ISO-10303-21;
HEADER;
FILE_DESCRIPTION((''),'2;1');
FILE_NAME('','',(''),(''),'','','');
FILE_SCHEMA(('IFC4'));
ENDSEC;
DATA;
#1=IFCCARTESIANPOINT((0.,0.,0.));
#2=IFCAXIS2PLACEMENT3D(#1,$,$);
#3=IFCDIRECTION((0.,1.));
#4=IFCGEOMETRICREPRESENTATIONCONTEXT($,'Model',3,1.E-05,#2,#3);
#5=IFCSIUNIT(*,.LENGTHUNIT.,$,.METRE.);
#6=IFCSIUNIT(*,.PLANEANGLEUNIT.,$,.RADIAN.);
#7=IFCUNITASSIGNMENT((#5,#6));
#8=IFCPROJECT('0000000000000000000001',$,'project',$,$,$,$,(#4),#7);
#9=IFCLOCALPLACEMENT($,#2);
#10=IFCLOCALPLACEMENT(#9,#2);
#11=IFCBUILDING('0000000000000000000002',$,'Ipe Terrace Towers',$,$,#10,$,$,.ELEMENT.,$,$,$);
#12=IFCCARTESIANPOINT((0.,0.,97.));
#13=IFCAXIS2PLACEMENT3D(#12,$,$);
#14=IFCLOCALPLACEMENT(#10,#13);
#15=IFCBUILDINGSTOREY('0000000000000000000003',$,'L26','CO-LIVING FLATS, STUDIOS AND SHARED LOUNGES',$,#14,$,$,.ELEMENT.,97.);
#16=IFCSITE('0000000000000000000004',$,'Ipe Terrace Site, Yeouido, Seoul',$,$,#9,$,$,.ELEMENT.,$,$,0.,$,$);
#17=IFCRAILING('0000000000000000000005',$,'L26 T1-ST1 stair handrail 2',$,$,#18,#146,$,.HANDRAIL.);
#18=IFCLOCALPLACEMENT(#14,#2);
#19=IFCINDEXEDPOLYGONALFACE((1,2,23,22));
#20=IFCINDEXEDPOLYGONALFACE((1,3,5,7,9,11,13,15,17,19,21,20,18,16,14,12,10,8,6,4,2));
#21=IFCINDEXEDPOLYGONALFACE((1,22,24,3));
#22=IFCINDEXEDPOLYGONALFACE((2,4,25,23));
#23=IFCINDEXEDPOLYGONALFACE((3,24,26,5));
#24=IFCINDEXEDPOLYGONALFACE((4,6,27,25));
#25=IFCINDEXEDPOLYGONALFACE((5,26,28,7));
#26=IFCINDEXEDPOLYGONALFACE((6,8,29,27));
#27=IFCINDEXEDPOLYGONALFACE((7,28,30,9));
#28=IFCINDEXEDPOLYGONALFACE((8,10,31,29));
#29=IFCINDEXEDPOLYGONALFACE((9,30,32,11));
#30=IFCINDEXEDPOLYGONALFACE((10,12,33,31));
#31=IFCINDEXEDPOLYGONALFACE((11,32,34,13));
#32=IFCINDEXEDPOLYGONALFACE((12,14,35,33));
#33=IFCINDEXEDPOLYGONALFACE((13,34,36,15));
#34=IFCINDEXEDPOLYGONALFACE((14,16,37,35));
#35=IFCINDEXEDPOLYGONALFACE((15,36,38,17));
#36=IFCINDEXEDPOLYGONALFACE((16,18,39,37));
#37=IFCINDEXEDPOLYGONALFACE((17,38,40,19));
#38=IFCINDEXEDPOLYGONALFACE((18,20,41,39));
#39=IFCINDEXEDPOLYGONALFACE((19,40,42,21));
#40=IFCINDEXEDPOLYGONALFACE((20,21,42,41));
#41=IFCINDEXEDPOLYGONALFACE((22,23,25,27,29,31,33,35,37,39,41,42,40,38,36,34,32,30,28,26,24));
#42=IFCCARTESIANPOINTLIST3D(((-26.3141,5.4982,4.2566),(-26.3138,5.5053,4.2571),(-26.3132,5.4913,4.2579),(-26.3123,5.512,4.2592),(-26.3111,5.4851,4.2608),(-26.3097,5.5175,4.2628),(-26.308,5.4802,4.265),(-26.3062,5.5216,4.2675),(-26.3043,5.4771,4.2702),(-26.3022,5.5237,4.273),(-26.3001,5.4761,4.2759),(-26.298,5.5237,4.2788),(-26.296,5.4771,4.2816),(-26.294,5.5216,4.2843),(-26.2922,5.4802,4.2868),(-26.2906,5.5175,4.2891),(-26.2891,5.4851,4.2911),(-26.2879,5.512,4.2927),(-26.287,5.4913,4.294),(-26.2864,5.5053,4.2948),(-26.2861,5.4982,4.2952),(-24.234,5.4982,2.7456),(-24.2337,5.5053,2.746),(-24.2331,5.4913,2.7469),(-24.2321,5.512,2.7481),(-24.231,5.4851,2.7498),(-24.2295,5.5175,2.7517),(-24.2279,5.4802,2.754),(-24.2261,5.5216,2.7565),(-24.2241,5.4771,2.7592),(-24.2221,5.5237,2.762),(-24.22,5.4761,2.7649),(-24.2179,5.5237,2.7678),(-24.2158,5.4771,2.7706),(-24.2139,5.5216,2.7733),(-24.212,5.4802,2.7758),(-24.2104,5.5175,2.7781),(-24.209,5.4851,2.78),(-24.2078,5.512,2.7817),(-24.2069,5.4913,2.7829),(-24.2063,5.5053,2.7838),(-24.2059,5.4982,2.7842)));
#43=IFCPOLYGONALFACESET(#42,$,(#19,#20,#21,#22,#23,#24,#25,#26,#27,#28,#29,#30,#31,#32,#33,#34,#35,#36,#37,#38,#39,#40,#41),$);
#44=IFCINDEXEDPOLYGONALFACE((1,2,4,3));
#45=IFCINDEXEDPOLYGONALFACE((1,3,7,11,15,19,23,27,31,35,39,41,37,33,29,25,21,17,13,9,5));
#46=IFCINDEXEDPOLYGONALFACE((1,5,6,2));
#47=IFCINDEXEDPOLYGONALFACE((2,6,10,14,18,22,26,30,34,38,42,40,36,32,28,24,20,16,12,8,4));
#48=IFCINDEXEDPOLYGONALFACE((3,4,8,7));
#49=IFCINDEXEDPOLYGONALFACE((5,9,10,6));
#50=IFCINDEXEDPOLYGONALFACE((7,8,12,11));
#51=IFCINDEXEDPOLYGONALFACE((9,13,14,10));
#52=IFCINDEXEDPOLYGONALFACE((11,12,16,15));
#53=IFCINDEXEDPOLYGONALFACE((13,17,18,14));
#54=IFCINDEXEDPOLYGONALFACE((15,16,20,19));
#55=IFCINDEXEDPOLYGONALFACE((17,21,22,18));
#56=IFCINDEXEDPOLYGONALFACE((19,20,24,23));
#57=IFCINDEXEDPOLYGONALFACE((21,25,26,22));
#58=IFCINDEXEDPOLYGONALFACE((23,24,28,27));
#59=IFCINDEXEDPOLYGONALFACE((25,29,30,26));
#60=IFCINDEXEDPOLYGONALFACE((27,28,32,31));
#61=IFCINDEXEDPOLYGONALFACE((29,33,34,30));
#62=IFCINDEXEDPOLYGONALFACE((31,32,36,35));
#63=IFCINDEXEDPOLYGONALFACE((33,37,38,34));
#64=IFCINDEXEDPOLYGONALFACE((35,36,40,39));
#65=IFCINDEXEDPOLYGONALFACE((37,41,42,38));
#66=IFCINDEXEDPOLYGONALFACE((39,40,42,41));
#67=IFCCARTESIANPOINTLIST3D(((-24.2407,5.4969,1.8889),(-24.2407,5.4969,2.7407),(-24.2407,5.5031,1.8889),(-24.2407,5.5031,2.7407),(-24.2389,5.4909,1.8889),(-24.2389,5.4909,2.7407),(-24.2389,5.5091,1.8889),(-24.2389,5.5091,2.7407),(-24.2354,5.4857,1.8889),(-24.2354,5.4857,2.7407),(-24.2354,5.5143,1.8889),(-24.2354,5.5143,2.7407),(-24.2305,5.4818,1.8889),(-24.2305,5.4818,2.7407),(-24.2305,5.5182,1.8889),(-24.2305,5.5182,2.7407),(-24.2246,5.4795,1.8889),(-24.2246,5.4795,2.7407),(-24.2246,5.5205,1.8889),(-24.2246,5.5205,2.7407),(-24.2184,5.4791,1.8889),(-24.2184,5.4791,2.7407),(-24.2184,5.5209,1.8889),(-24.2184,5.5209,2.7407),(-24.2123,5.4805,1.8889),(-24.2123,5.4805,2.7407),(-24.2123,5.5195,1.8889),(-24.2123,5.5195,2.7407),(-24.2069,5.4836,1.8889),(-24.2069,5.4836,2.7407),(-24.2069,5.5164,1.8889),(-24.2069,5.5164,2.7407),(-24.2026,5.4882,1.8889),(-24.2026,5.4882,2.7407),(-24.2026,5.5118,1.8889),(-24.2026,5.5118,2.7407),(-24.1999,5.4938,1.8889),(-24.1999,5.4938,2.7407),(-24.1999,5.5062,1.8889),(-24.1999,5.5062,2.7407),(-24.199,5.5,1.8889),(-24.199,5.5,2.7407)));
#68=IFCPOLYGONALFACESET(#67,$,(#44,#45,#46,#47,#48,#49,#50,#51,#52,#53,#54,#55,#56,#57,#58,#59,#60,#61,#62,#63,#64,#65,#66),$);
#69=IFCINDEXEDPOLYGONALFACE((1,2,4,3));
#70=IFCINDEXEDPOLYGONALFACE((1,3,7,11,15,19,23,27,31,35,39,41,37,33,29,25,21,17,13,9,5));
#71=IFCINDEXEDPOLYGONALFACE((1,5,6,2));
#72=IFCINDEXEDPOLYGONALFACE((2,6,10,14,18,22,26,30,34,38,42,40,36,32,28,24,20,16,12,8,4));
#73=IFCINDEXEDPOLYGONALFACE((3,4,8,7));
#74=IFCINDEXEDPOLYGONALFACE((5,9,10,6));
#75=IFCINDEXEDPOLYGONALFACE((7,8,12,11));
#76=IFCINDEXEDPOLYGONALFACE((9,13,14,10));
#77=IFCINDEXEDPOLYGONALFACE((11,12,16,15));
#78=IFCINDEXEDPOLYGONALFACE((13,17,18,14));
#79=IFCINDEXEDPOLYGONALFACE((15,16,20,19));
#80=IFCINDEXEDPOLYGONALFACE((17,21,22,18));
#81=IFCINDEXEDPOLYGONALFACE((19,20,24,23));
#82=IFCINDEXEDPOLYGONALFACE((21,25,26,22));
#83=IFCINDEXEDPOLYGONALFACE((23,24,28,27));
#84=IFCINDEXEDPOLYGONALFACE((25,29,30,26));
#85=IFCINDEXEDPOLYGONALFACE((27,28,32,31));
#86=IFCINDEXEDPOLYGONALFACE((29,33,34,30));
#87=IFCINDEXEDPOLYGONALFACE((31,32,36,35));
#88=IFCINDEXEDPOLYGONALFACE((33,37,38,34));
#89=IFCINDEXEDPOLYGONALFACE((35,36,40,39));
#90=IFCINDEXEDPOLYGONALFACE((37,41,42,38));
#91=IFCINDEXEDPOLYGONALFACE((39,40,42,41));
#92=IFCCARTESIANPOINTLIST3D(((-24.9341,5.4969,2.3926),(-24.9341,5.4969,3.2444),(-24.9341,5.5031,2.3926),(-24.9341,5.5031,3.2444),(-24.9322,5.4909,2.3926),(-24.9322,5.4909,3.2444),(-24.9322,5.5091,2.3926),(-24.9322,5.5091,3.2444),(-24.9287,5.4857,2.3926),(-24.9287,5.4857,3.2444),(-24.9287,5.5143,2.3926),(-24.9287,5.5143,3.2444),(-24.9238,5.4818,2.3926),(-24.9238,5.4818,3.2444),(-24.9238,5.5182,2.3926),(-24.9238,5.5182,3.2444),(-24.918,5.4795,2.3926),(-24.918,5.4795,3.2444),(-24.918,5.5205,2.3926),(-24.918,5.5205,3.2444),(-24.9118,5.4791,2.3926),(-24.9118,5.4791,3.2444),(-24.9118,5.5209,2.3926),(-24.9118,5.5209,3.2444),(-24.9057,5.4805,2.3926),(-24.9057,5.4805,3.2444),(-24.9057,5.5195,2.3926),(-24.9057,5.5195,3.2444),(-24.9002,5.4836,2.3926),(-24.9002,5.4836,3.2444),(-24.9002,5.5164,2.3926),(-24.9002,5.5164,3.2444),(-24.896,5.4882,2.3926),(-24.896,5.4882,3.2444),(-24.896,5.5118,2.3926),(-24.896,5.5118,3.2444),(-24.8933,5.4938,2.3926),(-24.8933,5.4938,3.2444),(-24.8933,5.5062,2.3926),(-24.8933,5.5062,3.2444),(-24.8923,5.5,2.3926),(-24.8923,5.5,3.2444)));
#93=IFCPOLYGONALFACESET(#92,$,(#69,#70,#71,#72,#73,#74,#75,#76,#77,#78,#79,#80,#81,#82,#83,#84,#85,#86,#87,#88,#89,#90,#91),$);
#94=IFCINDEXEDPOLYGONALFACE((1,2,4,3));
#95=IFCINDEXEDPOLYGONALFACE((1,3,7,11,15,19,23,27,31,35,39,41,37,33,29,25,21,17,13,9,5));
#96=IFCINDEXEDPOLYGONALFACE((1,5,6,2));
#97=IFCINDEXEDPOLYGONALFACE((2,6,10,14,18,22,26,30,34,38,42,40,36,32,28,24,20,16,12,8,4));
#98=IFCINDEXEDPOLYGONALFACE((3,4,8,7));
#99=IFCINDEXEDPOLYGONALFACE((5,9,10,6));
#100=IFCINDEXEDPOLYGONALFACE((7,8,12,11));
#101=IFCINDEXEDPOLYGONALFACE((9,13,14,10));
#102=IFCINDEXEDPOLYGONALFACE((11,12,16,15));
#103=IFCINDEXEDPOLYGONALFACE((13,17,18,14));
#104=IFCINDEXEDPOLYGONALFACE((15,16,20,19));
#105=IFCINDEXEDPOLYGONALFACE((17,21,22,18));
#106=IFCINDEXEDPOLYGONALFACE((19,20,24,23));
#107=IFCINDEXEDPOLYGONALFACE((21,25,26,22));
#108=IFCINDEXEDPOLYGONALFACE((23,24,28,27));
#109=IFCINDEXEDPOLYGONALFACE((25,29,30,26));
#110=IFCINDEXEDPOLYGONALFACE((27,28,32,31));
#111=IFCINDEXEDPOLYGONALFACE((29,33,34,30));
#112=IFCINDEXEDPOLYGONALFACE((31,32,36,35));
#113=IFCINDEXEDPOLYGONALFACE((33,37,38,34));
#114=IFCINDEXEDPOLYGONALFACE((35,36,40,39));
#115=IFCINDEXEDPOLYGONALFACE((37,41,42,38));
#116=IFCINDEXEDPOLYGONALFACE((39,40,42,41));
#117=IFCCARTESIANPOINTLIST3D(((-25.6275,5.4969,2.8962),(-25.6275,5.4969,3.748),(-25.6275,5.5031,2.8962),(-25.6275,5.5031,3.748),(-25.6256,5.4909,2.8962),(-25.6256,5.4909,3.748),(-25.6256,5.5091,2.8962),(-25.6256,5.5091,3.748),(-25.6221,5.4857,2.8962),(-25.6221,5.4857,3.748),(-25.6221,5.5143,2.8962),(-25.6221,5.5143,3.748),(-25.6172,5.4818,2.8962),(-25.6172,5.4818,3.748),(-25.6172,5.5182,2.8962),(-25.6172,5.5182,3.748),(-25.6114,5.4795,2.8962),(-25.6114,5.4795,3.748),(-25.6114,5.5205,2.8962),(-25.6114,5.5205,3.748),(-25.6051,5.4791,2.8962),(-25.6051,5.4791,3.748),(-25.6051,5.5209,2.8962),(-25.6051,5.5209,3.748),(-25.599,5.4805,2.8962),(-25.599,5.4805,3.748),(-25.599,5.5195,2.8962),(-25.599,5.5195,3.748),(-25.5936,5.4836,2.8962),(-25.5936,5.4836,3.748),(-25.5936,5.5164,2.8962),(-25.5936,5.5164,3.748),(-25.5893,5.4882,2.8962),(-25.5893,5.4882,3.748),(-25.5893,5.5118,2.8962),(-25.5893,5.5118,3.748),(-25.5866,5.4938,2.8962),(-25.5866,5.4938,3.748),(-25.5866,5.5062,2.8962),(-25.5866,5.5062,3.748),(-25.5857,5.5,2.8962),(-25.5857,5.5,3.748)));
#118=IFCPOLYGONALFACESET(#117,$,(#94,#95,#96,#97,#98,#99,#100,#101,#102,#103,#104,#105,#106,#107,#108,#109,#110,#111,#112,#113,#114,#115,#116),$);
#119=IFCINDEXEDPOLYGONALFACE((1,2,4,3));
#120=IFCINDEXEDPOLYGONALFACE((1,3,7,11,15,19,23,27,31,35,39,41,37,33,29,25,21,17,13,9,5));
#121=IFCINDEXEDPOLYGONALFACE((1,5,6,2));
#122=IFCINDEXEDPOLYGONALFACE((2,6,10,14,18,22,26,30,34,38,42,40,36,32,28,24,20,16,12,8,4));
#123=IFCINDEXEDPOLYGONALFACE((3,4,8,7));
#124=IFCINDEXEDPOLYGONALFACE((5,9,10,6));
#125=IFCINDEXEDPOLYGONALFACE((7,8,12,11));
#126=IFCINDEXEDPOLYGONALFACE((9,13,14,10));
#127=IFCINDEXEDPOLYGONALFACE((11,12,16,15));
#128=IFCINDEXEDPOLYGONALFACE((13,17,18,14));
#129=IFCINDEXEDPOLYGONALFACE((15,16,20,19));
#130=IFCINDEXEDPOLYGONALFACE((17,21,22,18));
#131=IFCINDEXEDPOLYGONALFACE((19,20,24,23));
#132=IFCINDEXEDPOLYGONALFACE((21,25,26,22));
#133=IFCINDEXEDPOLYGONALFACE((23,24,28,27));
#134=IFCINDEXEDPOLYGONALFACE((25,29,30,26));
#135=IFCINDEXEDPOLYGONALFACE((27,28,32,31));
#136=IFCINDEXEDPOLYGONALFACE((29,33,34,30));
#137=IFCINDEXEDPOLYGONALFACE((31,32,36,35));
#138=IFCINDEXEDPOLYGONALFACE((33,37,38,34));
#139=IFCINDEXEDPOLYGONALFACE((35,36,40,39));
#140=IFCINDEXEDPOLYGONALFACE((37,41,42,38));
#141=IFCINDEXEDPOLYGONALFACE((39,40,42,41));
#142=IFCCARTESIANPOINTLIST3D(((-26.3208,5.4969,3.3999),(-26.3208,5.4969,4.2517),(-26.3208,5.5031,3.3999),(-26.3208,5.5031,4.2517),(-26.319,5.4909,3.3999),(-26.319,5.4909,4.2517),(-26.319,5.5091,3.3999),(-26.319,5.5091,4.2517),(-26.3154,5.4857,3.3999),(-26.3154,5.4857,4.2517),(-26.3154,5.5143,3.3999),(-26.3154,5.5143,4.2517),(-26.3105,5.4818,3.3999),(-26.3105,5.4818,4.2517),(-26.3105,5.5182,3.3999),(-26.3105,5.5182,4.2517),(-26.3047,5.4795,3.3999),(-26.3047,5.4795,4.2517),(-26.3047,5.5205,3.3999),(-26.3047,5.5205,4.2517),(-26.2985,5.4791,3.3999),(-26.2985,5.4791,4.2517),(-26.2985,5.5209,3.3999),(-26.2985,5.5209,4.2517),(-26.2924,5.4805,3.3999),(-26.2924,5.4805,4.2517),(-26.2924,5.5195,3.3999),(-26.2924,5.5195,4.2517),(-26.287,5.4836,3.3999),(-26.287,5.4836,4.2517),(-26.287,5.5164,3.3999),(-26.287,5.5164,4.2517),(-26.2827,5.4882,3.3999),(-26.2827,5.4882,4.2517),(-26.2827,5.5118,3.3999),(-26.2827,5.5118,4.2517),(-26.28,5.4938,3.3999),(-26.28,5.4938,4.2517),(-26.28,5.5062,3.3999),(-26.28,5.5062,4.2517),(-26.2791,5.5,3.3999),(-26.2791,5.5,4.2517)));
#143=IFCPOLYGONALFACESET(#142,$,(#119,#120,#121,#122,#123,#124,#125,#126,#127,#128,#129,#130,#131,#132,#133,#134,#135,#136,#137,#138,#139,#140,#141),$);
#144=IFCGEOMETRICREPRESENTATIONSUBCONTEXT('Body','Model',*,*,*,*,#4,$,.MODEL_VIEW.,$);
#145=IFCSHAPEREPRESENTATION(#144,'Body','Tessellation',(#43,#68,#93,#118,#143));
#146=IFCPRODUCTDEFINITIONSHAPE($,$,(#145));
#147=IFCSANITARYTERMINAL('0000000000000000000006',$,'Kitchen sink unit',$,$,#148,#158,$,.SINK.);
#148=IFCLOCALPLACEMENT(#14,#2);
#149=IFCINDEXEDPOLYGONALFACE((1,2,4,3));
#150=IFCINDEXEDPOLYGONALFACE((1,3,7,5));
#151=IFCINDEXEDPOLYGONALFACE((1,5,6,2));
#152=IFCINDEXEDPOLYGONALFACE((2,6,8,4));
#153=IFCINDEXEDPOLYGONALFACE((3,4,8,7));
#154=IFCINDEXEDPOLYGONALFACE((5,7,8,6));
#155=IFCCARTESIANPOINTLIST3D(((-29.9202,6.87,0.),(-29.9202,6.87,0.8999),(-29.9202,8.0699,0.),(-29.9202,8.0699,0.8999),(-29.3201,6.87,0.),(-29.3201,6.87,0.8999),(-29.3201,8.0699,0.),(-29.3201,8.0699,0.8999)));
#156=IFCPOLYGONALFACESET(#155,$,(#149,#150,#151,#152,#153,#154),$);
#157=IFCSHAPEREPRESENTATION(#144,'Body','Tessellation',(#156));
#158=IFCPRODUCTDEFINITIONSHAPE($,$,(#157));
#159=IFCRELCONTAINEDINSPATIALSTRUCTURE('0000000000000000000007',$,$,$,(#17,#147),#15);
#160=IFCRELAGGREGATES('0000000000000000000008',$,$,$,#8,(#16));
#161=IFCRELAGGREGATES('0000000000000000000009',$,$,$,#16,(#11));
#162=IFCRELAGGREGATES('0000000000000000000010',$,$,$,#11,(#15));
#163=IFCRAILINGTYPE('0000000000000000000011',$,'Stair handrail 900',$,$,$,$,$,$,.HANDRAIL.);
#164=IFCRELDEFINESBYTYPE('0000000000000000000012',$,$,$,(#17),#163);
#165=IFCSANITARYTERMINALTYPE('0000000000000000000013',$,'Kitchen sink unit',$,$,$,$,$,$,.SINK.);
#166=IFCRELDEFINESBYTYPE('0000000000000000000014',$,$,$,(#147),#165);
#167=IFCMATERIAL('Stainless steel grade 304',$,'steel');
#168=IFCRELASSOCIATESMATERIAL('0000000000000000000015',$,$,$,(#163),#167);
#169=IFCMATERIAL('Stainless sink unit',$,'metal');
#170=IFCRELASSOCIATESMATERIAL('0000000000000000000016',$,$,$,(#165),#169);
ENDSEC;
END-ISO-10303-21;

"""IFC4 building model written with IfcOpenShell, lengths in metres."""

from ifc_helpers import new_model, si_unit, direction, frame, origin, origin_2d, place, context, subcontext, project, spatial, rectangle, circle, extrude, material, type_object, element, save


model = new_model("IFC4")

# Units and contexts
model_context = context("Model", 3, precision=1e-05, world=origin(), true_north=direction((0.0, 1.0)))
body_context = subcontext(model_context, "Body", "Model", "MODEL_VIEW")
ifc_project = project(units=[si_unit("LENGTHUNIT", "METRE"), si_unit("PLANEANGLEUNIT", "RADIAN")], contexts=[model_context])

# Site, building, storey
site_placement = place(None, origin())
site = spatial("IfcSite", under=ifc_project, at=site_placement, Name="Ipe Terrace Site, Yeouido, Seoul", CompositionType="ELEMENT", RefElevation=0.0)
building_placement = place(site_placement, origin())
building = spatial("IfcBuilding", under=site, at=building_placement, Name="Ipe Terrace Towers", CompositionType="ELEMENT")
storey_placement = place(building_placement, frame((0.0, 0.0, 97.0)))
storey = spatial("IfcBuildingStorey", under=building, at=storey_placement, Name="L26", Description="CO-LIVING FLATS, STUDIOS AND SHARED LOUNGES", CompositionType="ELEMENT", Elevation=97.0)

# Railing
ifc_material_1 = material(Name="Stainless steel grade 304", Category="steel")
railing_type_1 = type_object("IfcRailingType", Name="Stair handrail 900", PredefinedType="HANDRAIL", material=ifc_material_1)
railing_1_placement = place(storey_placement, frame((-24.22, 5.5, 1.8889)))
element("IfcRailing", 1, at=railing_1_placement, inside=storey, type_object=railing_type_1, Name="L26 T1-ST1 stair handrail 2", PredefinedType="HANDRAIL", context=body_context, shape_type="SweptSolid", body=[
    extrude(circle(Radius=0.0239, at=origin_2d()), frame((0.0, 0.0, 0.876), z_axis=(-0.809069, 0.0, 0.587714), x_axis=(0.0, -1.0, 0.0)), (0.0, 0.0, 1.0), 2.571),
    extrude(circle(Radius=0.021, at=origin_2d()), origin(), (0.0, 0.0, 1.0), 0.8518),
    extrude(circle(Radius=0.021, at=origin_2d()), frame((-0.6934, 0.0, 0.5037)), (0.0, 0.0, 1.0), 0.8518),
    extrude(circle(Radius=0.021, at=origin_2d()), frame((-1.3867, 0.0, 1.0073)), (0.0, 0.0, 1.0), 0.8518),
    extrude(circle(Radius=0.021, at=origin_2d()), frame((-2.0801, 0.0, 1.511)), (0.0, 0.0, 1.0), 0.8518),
])

# Sanitary terminal
ifc_material_2 = material(Name="Stainless sink unit", Category="metal")
sanitary_terminal_type = type_object("IfcSanitaryTerminalType", Name="Kitchen sink unit", PredefinedType="SINK", material=ifc_material_2)
sanitary_terminal_placement = place(storey_placement, frame((-29.6201, 7.47, 0.0), z_axis=(0.0, 0.0, 1.0), x_axis=(0.0, -1.0, 0.0)))
element("IfcSanitaryTerminal", 2, at=sanitary_terminal_placement, inside=storey, type_object=sanitary_terminal_type, Name="Kitchen sink unit", PredefinedType="SINK", context=body_context, shape_type="SweptSolid", body=[
    extrude(rectangle(XDim=1.2, YDim=0.6001, at=origin_2d()), origin(), (0.0, 0.0, 1.0), 0.8999),
])

save(model, "model.ifc")
